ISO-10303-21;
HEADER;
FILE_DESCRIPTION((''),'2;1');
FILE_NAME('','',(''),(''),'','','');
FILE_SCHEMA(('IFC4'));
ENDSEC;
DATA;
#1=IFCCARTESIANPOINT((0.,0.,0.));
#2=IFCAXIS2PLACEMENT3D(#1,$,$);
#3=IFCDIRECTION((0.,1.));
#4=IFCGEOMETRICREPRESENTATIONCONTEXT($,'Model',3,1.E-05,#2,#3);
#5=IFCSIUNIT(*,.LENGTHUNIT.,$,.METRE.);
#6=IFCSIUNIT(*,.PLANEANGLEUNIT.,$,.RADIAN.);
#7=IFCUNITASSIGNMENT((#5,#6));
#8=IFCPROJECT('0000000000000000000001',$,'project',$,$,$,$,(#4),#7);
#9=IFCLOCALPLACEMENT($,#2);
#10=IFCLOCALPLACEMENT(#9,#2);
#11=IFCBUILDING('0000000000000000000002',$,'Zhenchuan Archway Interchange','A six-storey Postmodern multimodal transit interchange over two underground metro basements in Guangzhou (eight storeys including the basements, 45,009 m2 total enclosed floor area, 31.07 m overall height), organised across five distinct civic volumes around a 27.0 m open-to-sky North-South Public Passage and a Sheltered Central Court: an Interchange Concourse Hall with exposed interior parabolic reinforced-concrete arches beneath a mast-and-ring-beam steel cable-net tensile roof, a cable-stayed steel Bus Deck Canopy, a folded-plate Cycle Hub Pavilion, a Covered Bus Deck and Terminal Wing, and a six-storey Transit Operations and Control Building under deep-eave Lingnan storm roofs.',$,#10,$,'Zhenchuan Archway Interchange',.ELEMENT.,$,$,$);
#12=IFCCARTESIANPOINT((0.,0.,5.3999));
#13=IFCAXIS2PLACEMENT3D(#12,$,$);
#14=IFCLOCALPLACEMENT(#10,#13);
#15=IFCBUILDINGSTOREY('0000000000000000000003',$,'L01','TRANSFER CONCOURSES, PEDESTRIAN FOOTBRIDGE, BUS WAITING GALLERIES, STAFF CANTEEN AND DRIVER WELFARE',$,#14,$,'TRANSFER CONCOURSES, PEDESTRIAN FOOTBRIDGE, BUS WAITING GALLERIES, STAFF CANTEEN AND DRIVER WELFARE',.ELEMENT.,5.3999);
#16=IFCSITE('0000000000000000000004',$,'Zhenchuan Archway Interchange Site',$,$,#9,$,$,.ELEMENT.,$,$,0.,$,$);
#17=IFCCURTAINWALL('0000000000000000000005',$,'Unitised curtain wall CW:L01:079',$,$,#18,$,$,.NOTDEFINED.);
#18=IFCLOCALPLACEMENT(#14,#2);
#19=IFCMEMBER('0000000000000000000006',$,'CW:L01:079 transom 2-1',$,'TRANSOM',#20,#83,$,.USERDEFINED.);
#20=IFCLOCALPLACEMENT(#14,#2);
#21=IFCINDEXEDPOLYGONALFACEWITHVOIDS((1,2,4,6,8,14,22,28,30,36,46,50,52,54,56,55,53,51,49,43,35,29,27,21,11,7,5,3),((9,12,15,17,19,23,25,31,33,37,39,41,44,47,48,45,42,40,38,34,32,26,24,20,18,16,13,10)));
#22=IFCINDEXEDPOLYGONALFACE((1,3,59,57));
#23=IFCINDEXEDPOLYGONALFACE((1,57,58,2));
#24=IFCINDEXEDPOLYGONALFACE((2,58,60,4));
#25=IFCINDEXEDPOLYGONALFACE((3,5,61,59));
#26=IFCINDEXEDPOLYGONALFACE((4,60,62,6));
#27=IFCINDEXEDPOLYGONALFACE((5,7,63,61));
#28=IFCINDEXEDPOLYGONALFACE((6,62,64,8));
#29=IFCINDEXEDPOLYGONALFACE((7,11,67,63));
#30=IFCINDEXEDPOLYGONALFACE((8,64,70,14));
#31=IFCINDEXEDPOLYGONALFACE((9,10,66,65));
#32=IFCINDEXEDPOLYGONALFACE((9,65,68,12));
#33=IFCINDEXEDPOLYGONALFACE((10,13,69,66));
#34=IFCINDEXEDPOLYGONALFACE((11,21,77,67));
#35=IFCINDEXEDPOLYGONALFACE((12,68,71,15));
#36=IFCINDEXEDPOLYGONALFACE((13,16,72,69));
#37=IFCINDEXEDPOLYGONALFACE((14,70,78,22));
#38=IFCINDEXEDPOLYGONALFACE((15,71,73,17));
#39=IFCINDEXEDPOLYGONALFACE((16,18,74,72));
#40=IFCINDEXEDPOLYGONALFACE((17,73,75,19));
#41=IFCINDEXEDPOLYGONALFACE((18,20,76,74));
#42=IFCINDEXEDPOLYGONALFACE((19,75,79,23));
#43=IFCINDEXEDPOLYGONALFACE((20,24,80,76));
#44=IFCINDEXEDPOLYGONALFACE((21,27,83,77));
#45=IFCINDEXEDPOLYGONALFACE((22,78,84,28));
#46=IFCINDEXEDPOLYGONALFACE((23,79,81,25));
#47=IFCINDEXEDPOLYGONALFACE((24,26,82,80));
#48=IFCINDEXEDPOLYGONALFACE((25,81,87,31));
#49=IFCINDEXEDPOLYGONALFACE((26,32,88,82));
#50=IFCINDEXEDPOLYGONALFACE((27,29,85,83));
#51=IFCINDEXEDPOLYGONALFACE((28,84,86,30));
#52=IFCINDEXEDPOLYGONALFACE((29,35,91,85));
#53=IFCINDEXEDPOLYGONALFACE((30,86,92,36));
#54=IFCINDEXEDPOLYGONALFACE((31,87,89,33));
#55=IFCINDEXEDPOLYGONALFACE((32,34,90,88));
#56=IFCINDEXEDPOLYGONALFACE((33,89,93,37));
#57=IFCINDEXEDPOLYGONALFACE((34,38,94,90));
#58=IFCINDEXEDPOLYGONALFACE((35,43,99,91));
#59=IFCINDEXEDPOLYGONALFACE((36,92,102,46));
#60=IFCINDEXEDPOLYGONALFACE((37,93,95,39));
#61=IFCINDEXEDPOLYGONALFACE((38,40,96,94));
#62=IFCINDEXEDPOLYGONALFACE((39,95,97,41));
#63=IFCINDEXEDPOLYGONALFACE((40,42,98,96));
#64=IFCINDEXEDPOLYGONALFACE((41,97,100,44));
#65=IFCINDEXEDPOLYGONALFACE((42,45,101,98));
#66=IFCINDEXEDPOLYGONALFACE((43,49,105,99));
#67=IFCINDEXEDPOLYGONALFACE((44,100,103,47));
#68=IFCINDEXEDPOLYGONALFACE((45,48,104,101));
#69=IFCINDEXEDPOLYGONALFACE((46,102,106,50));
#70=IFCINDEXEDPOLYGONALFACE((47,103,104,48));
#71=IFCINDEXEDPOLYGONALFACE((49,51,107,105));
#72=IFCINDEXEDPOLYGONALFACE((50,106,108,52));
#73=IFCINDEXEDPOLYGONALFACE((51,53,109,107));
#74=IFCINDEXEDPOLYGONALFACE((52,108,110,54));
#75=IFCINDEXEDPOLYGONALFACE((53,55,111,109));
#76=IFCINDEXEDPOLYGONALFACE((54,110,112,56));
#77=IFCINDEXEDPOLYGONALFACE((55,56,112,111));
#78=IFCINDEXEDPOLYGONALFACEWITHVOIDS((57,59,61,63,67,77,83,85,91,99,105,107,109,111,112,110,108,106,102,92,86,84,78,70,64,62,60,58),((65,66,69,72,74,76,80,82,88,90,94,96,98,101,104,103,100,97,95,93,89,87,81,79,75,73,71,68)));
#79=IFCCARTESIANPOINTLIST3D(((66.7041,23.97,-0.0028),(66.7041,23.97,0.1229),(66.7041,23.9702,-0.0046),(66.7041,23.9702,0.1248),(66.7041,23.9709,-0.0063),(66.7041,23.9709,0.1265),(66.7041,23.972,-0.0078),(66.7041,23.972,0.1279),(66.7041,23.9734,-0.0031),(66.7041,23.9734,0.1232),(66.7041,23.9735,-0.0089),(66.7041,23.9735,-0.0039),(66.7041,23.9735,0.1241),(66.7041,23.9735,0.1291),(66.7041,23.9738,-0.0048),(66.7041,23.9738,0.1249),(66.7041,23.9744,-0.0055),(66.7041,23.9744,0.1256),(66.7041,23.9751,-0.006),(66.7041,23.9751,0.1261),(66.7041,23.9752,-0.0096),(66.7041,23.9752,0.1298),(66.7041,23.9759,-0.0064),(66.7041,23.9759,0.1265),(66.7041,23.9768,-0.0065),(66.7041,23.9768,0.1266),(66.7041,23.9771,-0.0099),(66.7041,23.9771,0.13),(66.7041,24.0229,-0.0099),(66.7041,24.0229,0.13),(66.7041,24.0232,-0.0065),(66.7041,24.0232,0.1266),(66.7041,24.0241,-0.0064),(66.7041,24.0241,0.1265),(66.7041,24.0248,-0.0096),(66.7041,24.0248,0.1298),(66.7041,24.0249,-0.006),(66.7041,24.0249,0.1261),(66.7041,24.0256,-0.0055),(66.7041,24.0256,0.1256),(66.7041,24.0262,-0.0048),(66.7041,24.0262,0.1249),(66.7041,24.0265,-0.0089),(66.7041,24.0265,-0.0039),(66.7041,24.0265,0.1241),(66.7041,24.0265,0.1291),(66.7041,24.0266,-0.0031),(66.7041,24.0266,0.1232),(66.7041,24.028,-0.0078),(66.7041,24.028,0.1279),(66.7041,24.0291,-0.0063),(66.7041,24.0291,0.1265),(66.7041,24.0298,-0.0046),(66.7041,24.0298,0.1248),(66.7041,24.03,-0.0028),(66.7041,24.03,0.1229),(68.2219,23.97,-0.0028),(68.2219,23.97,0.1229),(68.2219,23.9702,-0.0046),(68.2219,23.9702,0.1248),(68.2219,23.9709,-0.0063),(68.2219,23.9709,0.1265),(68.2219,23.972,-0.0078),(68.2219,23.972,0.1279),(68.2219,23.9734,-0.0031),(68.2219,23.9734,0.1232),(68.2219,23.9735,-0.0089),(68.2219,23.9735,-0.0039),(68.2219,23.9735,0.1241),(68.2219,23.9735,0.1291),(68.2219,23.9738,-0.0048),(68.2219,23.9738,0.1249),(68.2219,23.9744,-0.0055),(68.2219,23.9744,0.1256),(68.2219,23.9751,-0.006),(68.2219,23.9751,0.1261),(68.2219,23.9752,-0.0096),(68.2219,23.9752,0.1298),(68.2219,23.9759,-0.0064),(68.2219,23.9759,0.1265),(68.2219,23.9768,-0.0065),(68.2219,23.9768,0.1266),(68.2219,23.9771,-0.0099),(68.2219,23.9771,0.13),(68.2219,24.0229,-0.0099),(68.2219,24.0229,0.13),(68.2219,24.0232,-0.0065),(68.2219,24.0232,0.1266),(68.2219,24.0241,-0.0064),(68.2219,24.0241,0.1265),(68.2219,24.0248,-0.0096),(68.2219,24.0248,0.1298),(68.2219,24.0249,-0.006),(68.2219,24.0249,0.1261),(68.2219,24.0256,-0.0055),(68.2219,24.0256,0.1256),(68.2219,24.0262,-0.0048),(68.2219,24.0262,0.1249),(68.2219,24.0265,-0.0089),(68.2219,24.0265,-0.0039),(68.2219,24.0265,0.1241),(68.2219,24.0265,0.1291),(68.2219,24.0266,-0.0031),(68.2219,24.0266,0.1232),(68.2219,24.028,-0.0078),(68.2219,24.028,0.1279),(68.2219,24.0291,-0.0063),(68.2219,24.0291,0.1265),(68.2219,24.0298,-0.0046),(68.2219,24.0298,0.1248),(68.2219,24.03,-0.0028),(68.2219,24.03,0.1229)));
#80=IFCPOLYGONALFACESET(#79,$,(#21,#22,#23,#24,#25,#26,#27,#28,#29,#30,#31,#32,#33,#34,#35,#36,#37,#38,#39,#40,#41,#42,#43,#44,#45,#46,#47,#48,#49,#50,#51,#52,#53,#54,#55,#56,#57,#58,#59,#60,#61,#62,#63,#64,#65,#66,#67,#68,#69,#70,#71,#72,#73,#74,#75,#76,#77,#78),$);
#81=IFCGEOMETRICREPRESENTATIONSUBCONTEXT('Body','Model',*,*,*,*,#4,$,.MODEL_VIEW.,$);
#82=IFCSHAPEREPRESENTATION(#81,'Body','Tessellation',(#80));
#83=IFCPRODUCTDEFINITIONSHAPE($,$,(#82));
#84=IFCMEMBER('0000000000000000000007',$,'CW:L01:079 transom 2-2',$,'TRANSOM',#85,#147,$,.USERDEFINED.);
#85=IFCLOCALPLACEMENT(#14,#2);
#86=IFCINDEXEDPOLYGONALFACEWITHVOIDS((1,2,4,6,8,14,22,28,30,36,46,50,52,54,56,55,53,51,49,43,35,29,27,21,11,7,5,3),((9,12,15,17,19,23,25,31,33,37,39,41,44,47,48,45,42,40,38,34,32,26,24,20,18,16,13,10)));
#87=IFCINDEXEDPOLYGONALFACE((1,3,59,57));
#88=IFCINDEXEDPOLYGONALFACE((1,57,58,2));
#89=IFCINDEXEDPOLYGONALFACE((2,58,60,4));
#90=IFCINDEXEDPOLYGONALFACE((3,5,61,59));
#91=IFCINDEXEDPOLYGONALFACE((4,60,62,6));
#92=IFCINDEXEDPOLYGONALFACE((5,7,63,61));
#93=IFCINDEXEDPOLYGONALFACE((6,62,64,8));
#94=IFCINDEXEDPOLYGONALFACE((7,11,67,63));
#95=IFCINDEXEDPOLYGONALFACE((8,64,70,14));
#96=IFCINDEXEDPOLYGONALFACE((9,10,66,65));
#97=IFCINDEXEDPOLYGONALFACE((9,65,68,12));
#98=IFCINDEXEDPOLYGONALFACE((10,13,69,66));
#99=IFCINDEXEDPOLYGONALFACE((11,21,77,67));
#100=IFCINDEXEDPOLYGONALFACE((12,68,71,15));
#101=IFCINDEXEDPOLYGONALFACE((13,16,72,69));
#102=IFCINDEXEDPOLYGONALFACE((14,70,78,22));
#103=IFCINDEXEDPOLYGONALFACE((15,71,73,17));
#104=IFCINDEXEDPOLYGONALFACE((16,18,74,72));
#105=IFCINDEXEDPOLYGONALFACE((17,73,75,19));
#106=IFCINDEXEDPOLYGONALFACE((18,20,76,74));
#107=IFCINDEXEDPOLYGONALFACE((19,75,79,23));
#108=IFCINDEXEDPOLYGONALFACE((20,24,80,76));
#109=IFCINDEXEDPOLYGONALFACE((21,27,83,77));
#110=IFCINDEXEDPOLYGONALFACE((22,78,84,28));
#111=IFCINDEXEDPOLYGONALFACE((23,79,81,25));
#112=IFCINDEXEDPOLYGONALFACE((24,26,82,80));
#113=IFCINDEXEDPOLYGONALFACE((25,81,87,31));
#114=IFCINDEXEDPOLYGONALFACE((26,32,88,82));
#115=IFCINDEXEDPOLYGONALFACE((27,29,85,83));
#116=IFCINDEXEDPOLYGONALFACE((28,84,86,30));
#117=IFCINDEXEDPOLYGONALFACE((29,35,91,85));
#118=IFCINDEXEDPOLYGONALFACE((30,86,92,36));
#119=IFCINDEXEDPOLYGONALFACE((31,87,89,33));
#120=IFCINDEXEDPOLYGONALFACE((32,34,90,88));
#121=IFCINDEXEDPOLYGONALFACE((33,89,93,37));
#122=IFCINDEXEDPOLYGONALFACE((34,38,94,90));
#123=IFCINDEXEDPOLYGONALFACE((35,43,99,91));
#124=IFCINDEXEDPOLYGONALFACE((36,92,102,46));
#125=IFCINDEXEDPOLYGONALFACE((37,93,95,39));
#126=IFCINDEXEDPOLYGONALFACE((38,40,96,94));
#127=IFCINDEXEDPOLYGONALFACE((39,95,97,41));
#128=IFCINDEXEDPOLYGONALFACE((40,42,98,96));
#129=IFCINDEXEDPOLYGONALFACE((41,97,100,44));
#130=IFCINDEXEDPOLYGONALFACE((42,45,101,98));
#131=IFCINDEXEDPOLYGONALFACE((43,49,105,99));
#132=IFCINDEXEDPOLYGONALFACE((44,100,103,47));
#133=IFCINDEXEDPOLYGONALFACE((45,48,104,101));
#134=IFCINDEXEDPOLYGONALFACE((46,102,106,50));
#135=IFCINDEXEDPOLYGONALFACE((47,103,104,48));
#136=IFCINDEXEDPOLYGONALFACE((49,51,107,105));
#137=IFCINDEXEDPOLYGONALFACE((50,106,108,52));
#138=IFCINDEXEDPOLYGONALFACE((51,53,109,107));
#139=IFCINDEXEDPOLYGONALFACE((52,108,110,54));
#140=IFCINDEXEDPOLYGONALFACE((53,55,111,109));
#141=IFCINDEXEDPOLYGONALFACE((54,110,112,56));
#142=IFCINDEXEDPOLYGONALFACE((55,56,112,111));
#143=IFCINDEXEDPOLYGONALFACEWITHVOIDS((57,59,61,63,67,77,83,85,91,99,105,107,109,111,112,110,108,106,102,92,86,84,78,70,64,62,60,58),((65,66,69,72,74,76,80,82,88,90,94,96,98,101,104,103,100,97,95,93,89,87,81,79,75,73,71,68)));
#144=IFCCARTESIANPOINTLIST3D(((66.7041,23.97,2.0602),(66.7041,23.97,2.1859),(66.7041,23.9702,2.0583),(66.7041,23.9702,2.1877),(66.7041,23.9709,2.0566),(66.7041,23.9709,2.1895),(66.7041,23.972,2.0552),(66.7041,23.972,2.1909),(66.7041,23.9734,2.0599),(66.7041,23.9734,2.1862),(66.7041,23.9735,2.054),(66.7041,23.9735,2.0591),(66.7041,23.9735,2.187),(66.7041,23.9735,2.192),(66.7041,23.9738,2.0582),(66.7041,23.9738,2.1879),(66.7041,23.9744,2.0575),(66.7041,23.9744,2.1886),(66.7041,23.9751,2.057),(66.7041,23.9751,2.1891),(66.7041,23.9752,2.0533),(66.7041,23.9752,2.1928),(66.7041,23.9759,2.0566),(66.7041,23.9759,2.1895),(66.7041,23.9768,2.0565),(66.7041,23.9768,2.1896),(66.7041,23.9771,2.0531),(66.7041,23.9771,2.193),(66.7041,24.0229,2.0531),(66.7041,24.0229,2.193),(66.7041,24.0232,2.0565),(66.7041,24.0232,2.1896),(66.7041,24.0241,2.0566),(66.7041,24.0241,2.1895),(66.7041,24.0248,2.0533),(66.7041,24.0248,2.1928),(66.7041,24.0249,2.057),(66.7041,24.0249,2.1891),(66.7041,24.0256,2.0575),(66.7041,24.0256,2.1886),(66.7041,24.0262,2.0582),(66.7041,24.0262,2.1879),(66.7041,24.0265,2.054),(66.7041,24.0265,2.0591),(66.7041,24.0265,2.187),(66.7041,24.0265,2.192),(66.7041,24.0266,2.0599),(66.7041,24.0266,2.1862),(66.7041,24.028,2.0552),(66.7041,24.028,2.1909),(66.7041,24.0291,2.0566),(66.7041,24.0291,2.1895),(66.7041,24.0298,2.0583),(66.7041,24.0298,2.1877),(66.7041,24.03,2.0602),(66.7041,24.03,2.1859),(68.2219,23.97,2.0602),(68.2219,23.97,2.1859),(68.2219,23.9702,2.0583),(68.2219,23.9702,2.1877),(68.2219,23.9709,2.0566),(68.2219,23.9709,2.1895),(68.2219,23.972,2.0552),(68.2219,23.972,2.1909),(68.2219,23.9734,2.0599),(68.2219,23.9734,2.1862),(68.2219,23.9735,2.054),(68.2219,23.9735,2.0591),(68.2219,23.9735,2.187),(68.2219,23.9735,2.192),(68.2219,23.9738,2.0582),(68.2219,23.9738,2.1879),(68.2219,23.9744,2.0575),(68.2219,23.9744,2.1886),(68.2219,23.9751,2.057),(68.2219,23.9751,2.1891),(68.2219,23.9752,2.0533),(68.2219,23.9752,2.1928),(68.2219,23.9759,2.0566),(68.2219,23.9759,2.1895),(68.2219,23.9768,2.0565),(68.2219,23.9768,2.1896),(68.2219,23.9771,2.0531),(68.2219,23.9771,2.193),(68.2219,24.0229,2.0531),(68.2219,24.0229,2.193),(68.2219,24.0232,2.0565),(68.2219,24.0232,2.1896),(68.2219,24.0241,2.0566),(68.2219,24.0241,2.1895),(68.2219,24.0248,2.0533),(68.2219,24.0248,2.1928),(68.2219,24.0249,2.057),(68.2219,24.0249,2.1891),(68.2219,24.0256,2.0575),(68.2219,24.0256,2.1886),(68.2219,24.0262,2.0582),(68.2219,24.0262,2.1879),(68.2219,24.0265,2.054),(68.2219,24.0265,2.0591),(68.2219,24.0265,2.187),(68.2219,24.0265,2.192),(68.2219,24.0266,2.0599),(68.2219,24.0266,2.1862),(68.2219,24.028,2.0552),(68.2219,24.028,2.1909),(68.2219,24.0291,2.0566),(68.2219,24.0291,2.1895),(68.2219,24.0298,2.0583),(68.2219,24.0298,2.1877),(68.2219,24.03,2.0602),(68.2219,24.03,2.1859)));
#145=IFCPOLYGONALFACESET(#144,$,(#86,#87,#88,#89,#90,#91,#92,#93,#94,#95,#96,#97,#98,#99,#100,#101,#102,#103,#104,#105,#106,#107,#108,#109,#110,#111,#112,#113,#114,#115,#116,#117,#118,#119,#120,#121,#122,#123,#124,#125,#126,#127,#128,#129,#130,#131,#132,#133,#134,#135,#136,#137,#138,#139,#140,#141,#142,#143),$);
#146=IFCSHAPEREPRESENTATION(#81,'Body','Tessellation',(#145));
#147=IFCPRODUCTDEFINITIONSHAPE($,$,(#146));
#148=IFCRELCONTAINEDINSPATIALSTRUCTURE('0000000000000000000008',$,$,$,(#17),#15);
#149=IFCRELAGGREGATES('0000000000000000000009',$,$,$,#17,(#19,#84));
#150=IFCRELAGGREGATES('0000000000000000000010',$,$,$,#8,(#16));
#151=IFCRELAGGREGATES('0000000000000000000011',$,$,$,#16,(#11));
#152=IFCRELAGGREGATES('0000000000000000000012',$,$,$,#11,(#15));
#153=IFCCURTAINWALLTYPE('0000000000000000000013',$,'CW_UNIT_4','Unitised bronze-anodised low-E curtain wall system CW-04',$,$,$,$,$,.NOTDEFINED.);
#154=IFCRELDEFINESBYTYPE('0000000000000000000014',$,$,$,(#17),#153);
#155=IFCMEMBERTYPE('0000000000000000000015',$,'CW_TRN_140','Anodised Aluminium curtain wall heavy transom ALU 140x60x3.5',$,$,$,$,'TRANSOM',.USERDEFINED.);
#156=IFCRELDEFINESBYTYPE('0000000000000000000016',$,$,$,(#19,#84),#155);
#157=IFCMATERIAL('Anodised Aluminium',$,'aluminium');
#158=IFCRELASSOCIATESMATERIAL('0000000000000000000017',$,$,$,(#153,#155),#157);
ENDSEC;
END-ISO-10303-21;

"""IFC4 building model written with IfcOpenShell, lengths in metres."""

from ifc_helpers import new_model, si_unit, direction, frame, origin, origin_2d, place, context, subcontext, project, spatial, hollow_rectangle, extrude, material, material_profile, profile_set, type_object, element, aggregate, save


model = new_model("IFC4")

# Units and contexts
model_context = context("Model", 3, precision=1e-05, world=origin(), true_north=direction((0.0, 1.0)))
body_context = subcontext(model_context, "Body", "Model", "MODEL_VIEW")
ifc_project = project(units=[si_unit("LENGTHUNIT", "METRE"), si_unit("PLANEANGLEUNIT", "RADIAN")], contexts=[model_context])

# Site, building, storey
site_placement = place(None, origin())
site = spatial("IfcSite", under=ifc_project, at=site_placement, Name="Zhenchuan Archway Interchange Site", CompositionType="ELEMENT", RefElevation=0.0)
building_placement = place(site_placement, origin())
building = spatial("IfcBuilding", under=site, at=building_placement, Name="Zhenchuan Archway Interchange", Description="A six-storey Postmodern multimodal transit interchange over two underground metro basements in Guangzhou (eight storeys including the basements, 45,009 m2 total enclosed floor area, 31.07 m overall height), organised across five distinct civic volumes around a 27.0 m open-to-sky North-South Public Passage and a Sheltered Central Court: an Interchange Concourse Hall with exposed interior parabolic reinforced-concrete arches beneath a mast-and-ring-beam steel cable-net tensile roof, a cable-stayed steel Bus Deck Canopy, a folded-plate Cycle Hub Pavilion, a Covered Bus Deck and Terminal Wing, and a six-storey Transit Operations and Control Building under deep-eave Lingnan storm roofs.", LongName="Zhenchuan Archway Interchange", CompositionType="ELEMENT")
storey_placement = place(building_placement, frame((0.0, 0.0, 5.3999)))
storey = spatial("IfcBuildingStorey", under=building, at=storey_placement, Name="L01", Description="TRANSFER CONCOURSES, PEDESTRIAN FOOTBRIDGE, BUS WAITING GALLERIES, STAFF CANTEEN AND DRIVER WELFARE", LongName="TRANSFER CONCOURSES, PEDESTRIAN FOOTBRIDGE, BUS WAITING GALLERIES, STAFF CANTEEN AND DRIVER WELFARE", CompositionType="ELEMENT", Elevation=5.3999)

# Curtain wall, members
ifc_material_1 = material(Name="Anodised Aluminium", Category="aluminium")
curtain_wall_type = type_object("IfcCurtainWallType", Name="CW_UNIT_4", Description="Unitised bronze-anodised low-E curtain wall system CW-04", PredefinedType="NOTDEFINED", material=ifc_material_1)
curtain_wall_placement = place(storey_placement, origin())
curtain_wall = element("IfcCurtainWall", 1, at=curtain_wall_placement, inside=storey, type_object=curtain_wall_type, Name="Unitised curtain wall CW:L01:079", PredefinedType="NOTDEFINED")
ifc_material_profile_1 = material_profile(ifc_material_1, hollow_rectangle(XDim=0.0601, YDim=0.1399, WallThickness=0.0034, InnerFilletRadius=0.0034, OuterFilletRadius=0.0071, at=origin_2d()), Name="ALU 140x60x3.5")
ifc_profile_set_1 = profile_set([ifc_material_profile_1], Name="Anodised Aluminium")
member_type_1 = type_object("IfcMemberType", Name="CW_TRN_140", Description="Anodised Aluminium curtain wall heavy transom ALU 140x60x3.5", ElementType="TRANSOM", PredefinedType="USERDEFINED", material=ifc_profile_set_1)
member_1_placement = place(storey_placement, frame((68.2219, 24.0, 0.0601), z_axis=(-1.0, 0.0, 0.0), x_axis=(0.0, -1.0, 0.0)))
member_1 = element("IfcMember", 2, at=member_1_placement, type_object=member_type_1, Name="CW:L01:079 transom 2-1", ObjectType="TRANSOM", PredefinedType="USERDEFINED", context=body_context, shape_type="SweptSolid", body=[
    extrude(hollow_rectangle(XDim=0.0601, YDim=0.1399, WallThickness=0.0034, InnerFilletRadius=0.0034, OuterFilletRadius=0.0071, at=origin_2d()), origin(), (0.0, 0.0, 1.0), 1.5178),
])
member_2_placement = place(storey_placement, frame((68.2219, 24.0, 2.123), z_axis=(-1.0, 0.0, 0.0), x_axis=(0.0, -1.0, 0.0)))
member_2 = element("IfcMember", 3, at=member_2_placement, type_object=member_type_1, Name="CW:L01:079 transom 2-2", ObjectType="TRANSOM", PredefinedType="USERDEFINED", context=body_context, shape_type="SweptSolid", body=[
    extrude(hollow_rectangle(XDim=0.0601, YDim=0.1399, WallThickness=0.0034, InnerFilletRadius=0.0034, OuterFilletRadius=0.0071, at=origin_2d()), origin(), (0.0, 0.0, 1.0), 1.5178),
])

aggregate(curtain_wall, [member_1, member_2])

save(model, "model.ifc")
